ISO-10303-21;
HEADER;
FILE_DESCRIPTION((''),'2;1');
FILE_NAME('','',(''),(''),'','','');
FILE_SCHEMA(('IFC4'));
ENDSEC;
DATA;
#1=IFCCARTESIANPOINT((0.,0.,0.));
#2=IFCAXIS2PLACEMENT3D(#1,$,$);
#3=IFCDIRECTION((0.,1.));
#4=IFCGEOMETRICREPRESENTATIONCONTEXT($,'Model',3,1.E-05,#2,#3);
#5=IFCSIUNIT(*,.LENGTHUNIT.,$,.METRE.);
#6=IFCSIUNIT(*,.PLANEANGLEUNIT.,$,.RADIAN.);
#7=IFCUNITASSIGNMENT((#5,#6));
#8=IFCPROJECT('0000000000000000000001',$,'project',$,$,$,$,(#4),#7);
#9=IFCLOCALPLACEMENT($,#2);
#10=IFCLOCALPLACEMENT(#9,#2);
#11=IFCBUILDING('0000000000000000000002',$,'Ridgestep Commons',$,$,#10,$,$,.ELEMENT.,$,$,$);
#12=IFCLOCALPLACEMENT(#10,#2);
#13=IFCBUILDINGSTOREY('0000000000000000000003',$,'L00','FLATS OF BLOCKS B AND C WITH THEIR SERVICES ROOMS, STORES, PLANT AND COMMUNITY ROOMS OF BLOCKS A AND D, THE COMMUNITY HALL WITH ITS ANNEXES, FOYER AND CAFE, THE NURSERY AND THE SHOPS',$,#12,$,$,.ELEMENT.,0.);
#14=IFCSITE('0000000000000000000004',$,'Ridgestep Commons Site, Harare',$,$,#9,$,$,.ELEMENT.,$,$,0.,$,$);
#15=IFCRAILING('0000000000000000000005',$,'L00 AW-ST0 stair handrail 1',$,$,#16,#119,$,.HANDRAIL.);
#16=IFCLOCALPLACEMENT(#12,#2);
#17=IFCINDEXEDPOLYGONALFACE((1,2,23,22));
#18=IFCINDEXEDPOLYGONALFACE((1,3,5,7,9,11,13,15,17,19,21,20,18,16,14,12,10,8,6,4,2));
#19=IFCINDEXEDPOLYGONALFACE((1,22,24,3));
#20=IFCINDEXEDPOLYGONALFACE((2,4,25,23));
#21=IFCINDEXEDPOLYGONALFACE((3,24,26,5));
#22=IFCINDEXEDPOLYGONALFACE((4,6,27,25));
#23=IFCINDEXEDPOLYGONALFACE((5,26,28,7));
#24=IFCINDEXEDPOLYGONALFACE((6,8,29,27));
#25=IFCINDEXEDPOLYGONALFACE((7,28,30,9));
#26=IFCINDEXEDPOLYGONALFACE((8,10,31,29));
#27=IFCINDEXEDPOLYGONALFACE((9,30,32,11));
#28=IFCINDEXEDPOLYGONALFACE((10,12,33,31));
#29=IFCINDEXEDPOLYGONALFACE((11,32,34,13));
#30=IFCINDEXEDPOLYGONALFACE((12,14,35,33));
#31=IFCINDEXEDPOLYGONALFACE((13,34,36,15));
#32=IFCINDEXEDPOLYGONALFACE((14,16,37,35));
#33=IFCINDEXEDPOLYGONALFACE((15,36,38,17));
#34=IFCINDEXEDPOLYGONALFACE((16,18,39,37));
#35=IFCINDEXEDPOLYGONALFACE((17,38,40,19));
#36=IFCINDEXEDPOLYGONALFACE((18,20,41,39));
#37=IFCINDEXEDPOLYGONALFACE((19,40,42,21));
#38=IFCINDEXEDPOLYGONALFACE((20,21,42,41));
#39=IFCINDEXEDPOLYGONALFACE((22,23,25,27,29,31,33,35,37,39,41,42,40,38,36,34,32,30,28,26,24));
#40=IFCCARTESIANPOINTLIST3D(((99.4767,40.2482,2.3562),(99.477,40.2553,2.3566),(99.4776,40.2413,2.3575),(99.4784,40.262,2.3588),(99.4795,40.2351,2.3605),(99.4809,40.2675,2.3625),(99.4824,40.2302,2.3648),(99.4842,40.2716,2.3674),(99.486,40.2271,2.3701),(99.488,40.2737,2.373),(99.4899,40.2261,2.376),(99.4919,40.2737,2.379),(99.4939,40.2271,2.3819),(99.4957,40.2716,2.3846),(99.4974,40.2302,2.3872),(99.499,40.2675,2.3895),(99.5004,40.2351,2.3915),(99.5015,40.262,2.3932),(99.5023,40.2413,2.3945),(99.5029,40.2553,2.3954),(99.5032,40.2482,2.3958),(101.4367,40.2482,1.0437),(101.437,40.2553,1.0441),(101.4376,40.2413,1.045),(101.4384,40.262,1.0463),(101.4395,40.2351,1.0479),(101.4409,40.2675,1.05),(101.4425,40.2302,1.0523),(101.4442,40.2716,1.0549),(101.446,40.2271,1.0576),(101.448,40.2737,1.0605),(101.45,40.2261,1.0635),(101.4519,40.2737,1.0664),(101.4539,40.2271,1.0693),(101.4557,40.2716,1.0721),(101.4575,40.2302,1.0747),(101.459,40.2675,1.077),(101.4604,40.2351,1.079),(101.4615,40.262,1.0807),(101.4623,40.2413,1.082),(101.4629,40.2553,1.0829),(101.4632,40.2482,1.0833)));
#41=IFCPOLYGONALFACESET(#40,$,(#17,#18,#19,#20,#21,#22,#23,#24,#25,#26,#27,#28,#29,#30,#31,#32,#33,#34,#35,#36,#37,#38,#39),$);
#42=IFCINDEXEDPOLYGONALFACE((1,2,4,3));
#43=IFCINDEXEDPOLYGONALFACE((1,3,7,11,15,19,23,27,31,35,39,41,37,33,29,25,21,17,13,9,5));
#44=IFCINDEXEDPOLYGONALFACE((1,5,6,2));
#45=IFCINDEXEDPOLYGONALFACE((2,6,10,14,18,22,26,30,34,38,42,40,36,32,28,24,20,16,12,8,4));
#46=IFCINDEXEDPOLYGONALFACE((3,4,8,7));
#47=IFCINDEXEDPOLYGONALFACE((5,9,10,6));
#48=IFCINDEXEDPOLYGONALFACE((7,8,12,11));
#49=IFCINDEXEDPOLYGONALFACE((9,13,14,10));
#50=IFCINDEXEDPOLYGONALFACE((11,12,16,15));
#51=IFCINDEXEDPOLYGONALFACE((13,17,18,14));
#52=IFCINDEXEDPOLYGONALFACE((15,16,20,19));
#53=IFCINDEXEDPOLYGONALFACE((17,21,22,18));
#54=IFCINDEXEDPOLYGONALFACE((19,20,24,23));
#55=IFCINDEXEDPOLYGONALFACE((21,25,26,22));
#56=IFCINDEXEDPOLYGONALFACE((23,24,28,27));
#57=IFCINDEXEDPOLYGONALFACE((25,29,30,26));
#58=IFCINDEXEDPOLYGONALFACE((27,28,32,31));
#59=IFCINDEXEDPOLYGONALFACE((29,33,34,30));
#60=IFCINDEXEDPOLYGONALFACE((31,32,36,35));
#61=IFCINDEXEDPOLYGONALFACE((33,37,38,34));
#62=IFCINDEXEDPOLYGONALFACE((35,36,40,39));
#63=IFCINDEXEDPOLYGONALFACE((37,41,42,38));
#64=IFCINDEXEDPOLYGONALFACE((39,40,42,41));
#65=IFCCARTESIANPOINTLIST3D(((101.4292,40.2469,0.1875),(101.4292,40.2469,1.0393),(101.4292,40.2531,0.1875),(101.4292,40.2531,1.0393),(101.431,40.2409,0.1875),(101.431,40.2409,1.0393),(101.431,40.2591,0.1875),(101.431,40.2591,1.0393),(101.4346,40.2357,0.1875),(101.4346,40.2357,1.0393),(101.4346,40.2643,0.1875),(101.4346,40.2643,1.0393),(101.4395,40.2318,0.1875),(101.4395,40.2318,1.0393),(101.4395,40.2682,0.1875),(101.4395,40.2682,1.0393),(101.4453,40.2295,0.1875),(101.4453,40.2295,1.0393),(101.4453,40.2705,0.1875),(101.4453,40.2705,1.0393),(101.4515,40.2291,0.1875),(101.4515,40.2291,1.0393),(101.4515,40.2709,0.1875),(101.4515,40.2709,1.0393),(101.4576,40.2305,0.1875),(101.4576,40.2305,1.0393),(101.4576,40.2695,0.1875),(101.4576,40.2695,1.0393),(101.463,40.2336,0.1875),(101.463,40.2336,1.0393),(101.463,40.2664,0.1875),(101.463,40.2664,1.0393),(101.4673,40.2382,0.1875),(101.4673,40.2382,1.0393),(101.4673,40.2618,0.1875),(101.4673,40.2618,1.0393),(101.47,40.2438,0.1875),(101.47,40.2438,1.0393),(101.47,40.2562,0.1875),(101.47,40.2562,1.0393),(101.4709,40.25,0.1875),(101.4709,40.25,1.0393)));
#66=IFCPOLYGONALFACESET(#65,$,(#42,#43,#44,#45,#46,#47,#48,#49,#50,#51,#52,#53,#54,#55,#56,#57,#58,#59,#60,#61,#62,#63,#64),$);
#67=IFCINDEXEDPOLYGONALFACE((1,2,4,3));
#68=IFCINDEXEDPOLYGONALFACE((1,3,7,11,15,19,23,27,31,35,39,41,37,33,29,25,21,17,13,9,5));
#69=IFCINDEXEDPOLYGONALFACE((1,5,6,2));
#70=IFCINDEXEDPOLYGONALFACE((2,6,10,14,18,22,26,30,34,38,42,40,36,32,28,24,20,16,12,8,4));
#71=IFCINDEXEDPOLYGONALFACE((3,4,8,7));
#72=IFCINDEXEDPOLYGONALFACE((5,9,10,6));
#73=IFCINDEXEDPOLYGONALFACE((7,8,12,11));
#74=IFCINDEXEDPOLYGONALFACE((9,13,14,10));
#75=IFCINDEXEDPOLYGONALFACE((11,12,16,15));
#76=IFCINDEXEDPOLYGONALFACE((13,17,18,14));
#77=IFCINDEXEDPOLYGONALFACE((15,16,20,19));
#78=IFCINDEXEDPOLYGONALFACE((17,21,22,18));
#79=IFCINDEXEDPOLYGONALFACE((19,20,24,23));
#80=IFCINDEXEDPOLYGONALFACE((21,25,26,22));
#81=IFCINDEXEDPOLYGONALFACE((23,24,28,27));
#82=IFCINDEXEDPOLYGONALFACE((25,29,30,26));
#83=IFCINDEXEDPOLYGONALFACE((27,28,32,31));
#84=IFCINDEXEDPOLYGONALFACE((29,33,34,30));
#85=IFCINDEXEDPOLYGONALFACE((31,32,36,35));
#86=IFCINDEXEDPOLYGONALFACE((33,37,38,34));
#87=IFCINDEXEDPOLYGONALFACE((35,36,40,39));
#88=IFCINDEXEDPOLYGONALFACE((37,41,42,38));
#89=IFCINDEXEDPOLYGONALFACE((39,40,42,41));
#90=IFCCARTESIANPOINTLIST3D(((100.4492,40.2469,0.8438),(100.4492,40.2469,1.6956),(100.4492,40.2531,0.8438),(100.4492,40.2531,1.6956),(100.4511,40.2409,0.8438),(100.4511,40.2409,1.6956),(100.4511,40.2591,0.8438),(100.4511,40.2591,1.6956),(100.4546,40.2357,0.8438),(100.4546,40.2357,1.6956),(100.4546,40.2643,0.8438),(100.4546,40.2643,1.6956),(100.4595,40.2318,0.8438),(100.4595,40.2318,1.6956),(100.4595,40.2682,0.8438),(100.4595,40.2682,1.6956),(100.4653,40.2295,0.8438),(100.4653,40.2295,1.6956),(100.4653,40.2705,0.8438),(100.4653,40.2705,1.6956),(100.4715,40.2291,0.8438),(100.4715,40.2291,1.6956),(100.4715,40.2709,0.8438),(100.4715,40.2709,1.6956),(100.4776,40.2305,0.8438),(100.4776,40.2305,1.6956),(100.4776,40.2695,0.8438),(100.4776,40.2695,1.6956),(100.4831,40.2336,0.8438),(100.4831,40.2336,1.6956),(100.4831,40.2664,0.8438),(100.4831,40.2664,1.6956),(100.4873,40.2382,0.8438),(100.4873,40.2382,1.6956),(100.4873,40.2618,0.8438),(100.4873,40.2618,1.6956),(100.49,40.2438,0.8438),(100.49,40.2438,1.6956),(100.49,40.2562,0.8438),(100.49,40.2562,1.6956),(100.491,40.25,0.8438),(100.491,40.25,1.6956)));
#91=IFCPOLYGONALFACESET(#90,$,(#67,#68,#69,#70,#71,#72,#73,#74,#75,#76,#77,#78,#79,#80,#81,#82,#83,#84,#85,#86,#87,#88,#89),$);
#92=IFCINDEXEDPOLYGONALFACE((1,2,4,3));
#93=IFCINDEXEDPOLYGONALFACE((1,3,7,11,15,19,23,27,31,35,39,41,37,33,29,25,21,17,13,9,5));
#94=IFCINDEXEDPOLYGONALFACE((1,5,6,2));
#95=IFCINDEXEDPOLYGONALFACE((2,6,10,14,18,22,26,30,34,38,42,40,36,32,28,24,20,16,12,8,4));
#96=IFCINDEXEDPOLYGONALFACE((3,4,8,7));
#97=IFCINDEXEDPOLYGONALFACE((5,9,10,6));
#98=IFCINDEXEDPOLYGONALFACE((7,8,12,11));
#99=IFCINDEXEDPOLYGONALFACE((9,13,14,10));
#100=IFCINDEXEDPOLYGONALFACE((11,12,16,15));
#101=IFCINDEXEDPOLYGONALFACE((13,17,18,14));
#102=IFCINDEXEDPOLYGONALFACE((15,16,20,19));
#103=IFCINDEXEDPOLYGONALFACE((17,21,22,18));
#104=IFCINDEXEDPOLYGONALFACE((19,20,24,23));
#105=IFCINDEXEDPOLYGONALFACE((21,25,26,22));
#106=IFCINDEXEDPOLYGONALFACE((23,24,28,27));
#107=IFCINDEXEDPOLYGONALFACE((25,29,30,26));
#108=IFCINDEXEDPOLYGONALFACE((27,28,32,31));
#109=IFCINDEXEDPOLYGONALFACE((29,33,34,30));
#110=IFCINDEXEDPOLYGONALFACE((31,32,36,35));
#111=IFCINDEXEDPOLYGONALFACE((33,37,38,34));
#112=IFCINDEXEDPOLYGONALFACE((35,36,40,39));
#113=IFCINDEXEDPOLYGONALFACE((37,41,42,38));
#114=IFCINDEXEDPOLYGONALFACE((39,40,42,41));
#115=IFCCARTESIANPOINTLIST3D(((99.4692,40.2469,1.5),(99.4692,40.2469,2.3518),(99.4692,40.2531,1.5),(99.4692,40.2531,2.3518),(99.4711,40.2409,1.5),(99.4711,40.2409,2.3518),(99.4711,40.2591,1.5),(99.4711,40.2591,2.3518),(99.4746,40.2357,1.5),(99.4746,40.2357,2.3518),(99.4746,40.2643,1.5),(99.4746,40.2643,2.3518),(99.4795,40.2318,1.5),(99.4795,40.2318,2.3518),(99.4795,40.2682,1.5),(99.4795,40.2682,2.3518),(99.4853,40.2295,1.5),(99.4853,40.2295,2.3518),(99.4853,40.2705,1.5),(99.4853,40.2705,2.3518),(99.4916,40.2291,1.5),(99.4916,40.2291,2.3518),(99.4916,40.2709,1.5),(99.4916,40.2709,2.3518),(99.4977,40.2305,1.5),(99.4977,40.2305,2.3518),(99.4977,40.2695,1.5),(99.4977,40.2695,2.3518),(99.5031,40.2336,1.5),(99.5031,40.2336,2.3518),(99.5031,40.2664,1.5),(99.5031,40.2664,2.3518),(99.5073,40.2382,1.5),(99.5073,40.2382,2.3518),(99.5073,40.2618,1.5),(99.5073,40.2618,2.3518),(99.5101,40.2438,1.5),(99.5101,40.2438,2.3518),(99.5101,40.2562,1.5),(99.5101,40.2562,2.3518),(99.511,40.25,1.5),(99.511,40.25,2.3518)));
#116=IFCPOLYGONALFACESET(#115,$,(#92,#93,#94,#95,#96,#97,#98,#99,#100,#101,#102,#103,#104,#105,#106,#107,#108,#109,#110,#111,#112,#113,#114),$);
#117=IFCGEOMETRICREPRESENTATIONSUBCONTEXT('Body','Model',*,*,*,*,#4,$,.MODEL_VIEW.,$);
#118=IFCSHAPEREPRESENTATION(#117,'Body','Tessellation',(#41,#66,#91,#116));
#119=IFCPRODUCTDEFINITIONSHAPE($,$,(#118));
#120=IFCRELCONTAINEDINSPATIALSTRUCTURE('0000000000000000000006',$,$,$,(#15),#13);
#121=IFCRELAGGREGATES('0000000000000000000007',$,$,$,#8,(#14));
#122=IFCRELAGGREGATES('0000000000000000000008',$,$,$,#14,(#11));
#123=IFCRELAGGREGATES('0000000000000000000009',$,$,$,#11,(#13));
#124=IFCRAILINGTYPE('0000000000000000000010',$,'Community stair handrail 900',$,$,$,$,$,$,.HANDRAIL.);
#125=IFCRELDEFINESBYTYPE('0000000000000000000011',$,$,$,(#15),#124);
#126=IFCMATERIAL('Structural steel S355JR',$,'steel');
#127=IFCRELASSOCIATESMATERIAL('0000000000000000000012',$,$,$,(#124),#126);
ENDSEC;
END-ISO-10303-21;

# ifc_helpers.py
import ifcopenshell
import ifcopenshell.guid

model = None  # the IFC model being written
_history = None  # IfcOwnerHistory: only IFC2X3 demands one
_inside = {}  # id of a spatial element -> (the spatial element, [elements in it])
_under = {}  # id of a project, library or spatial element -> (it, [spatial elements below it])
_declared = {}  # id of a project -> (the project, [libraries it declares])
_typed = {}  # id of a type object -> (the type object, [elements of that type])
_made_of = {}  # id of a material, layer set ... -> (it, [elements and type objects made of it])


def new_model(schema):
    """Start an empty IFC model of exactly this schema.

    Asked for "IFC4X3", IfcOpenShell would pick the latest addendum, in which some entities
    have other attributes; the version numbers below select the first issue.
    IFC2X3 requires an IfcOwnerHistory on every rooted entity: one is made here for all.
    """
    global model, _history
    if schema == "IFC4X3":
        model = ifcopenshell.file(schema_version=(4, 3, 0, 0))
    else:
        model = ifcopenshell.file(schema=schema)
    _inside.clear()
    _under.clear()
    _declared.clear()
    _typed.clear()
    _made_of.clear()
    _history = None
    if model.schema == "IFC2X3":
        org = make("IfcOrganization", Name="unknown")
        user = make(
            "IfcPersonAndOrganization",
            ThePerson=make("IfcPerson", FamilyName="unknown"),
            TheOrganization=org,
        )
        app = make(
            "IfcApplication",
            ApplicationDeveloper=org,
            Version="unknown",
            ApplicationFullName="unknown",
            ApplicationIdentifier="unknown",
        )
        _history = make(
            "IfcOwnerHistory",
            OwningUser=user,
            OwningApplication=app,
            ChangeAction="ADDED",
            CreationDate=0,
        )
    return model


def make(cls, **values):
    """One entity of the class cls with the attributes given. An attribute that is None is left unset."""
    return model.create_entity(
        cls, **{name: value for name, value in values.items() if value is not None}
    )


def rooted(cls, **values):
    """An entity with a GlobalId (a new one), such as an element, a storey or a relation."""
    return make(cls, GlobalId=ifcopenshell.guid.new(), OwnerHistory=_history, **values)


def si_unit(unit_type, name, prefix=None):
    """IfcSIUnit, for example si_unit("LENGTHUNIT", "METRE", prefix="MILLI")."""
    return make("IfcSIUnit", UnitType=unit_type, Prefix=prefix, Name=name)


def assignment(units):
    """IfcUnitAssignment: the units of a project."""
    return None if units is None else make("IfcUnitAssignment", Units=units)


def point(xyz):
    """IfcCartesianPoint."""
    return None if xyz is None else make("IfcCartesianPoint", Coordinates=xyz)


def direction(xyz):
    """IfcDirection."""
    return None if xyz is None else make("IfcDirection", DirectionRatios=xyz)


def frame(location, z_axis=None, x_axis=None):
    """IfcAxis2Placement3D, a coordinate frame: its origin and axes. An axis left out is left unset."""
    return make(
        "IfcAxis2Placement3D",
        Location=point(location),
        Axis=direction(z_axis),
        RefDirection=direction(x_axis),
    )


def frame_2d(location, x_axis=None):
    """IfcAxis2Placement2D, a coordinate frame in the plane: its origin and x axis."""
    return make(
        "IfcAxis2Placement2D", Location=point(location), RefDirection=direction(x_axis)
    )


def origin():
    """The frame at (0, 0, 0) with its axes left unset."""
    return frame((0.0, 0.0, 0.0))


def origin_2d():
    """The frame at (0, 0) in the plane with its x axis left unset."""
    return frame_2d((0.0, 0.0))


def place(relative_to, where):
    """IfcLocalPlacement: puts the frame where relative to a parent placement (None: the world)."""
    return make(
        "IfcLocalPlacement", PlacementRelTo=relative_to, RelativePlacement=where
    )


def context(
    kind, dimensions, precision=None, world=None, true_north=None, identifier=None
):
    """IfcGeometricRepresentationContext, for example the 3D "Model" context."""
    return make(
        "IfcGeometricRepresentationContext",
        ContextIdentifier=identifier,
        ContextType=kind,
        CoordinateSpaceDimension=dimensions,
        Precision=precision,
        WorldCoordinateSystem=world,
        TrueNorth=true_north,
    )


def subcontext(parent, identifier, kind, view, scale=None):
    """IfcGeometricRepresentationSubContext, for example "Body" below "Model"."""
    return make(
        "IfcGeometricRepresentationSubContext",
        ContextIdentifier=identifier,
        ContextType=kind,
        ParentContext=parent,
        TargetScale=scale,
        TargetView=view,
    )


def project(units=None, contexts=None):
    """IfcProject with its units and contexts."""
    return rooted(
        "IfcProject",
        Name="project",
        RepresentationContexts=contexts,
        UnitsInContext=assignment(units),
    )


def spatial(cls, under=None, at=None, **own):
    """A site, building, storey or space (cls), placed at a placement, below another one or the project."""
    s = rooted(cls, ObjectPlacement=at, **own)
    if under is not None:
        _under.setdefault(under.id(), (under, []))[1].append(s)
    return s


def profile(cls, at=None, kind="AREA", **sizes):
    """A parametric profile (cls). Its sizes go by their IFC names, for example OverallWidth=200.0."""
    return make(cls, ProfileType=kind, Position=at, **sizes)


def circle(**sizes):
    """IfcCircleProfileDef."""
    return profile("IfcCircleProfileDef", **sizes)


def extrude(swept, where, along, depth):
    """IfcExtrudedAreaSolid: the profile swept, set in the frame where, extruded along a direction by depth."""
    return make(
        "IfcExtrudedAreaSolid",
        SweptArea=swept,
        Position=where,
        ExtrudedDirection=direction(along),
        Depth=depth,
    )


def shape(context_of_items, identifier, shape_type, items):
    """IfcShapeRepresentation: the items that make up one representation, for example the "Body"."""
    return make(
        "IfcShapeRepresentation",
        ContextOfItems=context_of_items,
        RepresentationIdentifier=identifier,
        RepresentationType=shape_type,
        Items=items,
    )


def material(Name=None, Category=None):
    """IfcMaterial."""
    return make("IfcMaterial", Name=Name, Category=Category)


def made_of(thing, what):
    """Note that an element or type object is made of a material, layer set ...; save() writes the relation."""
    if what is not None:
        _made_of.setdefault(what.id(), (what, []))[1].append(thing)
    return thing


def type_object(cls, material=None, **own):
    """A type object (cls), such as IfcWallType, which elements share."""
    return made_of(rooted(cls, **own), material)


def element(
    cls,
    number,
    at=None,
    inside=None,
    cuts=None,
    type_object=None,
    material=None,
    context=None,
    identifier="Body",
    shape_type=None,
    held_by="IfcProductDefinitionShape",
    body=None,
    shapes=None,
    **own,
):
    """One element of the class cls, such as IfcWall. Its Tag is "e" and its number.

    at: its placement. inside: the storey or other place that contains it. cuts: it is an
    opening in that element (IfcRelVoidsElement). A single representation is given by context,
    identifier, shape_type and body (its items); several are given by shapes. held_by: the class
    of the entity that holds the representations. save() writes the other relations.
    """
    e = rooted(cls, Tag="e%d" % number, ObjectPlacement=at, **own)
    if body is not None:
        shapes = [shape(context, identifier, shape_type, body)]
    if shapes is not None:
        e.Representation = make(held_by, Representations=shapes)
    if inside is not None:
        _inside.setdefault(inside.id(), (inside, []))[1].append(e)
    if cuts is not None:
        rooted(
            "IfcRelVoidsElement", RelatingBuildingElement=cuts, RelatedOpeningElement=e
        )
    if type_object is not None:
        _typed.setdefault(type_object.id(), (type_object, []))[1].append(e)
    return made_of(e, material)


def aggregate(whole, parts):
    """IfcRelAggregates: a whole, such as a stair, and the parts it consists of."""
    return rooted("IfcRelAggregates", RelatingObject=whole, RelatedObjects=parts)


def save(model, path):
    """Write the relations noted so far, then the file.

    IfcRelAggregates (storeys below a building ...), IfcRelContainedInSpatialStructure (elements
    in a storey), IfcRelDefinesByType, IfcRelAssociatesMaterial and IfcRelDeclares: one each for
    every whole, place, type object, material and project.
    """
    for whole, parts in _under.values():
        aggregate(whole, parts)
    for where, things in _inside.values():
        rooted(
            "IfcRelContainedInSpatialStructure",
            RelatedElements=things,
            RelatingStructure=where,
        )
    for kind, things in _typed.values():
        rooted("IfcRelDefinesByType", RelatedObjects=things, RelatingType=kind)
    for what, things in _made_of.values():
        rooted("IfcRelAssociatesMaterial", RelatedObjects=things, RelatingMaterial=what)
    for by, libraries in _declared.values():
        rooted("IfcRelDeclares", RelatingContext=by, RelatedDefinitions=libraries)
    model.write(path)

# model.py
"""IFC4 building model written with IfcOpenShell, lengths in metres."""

from ifc_helpers import new_model, si_unit, direction, frame, origin, origin_2d, place, context, subcontext, project, spatial, circle, extrude, material, type_object, element, save


model = new_model("IFC4")

# Units and contexts
model_context = context("Model", 3, precision=1e-05, world=origin(), true_north=direction((0.0, 1.0)))
body_context = subcontext(model_context, "Body", "Model", "MODEL_VIEW")
ifc_project = project(units=[si_unit("LENGTHUNIT", "METRE"), si_unit("PLANEANGLEUNIT", "RADIAN")], contexts=[model_context])

# Site, building, storey
site_placement = place(None, origin())
site = spatial("IfcSite", under=ifc_project, at=site_placement, Name="Ridgestep Commons Site, Harare", CompositionType="ELEMENT", RefElevation=0.0)
building_placement = place(site_placement, origin())
building = spatial("IfcBuilding", under=site, at=building_placement, Name="Ridgestep Commons", CompositionType="ELEMENT")
storey_placement = place(building_placement, origin())
storey = spatial("IfcBuildingStorey", under=building, at=storey_placement, Name="L00", Description="FLATS OF BLOCKS B AND C WITH THEIR SERVICES ROOMS, STORES, PLANT AND COMMUNITY ROOMS OF BLOCKS A AND D, THE COMMUNITY HALL WITH ITS ANNEXES, FOYER AND CAFE, THE NURSERY AND THE SHOPS", CompositionType="ELEMENT", Elevation=0.0)

# Railing
ifc_material_1 = material(Name="Structural steel S355JR", Category="steel")
railing_type_1 = type_object("IfcRailingType", Name="Community stair handrail 900", PredefinedType="HANDRAIL", material=ifc_material_1)
railing_1_placement = place(storey_placement, frame((101.45, 40.25, 0.1875)))
element("IfcRailing", 1, at=railing_1_placement, inside=storey, type_object=railing_type_1, Name="L00 AW-ST0 stair handrail 1", PredefinedType="HANDRAIL", context=body_context, shape_type="SweptSolid", body=[
    extrude(circle(Radius=0.0239, at=origin_2d()), frame((0.0, 0.0, 0.876), z_axis=(-0.830902, 0.0, 0.556419), x_axis=(0.0, -1.0, 0.0)), (0.0, 0.0, 1.0), 2.3589),
    extrude(circle(Radius=0.021, at=origin_2d()), origin(), (0.0, 0.0, 1.0), 0.8518),
    extrude(circle(Radius=0.021, at=origin_2d()), frame((-0.98, 0.0, 0.6562)), (0.0, 0.0, 1.0), 0.8518),
    extrude(circle(Radius=0.021, at=origin_2d()), frame((-1.96, 0.0, 1.3125)), (0.0, 0.0, 1.0), 0.8518),
])

save(model, "model.ifc")
